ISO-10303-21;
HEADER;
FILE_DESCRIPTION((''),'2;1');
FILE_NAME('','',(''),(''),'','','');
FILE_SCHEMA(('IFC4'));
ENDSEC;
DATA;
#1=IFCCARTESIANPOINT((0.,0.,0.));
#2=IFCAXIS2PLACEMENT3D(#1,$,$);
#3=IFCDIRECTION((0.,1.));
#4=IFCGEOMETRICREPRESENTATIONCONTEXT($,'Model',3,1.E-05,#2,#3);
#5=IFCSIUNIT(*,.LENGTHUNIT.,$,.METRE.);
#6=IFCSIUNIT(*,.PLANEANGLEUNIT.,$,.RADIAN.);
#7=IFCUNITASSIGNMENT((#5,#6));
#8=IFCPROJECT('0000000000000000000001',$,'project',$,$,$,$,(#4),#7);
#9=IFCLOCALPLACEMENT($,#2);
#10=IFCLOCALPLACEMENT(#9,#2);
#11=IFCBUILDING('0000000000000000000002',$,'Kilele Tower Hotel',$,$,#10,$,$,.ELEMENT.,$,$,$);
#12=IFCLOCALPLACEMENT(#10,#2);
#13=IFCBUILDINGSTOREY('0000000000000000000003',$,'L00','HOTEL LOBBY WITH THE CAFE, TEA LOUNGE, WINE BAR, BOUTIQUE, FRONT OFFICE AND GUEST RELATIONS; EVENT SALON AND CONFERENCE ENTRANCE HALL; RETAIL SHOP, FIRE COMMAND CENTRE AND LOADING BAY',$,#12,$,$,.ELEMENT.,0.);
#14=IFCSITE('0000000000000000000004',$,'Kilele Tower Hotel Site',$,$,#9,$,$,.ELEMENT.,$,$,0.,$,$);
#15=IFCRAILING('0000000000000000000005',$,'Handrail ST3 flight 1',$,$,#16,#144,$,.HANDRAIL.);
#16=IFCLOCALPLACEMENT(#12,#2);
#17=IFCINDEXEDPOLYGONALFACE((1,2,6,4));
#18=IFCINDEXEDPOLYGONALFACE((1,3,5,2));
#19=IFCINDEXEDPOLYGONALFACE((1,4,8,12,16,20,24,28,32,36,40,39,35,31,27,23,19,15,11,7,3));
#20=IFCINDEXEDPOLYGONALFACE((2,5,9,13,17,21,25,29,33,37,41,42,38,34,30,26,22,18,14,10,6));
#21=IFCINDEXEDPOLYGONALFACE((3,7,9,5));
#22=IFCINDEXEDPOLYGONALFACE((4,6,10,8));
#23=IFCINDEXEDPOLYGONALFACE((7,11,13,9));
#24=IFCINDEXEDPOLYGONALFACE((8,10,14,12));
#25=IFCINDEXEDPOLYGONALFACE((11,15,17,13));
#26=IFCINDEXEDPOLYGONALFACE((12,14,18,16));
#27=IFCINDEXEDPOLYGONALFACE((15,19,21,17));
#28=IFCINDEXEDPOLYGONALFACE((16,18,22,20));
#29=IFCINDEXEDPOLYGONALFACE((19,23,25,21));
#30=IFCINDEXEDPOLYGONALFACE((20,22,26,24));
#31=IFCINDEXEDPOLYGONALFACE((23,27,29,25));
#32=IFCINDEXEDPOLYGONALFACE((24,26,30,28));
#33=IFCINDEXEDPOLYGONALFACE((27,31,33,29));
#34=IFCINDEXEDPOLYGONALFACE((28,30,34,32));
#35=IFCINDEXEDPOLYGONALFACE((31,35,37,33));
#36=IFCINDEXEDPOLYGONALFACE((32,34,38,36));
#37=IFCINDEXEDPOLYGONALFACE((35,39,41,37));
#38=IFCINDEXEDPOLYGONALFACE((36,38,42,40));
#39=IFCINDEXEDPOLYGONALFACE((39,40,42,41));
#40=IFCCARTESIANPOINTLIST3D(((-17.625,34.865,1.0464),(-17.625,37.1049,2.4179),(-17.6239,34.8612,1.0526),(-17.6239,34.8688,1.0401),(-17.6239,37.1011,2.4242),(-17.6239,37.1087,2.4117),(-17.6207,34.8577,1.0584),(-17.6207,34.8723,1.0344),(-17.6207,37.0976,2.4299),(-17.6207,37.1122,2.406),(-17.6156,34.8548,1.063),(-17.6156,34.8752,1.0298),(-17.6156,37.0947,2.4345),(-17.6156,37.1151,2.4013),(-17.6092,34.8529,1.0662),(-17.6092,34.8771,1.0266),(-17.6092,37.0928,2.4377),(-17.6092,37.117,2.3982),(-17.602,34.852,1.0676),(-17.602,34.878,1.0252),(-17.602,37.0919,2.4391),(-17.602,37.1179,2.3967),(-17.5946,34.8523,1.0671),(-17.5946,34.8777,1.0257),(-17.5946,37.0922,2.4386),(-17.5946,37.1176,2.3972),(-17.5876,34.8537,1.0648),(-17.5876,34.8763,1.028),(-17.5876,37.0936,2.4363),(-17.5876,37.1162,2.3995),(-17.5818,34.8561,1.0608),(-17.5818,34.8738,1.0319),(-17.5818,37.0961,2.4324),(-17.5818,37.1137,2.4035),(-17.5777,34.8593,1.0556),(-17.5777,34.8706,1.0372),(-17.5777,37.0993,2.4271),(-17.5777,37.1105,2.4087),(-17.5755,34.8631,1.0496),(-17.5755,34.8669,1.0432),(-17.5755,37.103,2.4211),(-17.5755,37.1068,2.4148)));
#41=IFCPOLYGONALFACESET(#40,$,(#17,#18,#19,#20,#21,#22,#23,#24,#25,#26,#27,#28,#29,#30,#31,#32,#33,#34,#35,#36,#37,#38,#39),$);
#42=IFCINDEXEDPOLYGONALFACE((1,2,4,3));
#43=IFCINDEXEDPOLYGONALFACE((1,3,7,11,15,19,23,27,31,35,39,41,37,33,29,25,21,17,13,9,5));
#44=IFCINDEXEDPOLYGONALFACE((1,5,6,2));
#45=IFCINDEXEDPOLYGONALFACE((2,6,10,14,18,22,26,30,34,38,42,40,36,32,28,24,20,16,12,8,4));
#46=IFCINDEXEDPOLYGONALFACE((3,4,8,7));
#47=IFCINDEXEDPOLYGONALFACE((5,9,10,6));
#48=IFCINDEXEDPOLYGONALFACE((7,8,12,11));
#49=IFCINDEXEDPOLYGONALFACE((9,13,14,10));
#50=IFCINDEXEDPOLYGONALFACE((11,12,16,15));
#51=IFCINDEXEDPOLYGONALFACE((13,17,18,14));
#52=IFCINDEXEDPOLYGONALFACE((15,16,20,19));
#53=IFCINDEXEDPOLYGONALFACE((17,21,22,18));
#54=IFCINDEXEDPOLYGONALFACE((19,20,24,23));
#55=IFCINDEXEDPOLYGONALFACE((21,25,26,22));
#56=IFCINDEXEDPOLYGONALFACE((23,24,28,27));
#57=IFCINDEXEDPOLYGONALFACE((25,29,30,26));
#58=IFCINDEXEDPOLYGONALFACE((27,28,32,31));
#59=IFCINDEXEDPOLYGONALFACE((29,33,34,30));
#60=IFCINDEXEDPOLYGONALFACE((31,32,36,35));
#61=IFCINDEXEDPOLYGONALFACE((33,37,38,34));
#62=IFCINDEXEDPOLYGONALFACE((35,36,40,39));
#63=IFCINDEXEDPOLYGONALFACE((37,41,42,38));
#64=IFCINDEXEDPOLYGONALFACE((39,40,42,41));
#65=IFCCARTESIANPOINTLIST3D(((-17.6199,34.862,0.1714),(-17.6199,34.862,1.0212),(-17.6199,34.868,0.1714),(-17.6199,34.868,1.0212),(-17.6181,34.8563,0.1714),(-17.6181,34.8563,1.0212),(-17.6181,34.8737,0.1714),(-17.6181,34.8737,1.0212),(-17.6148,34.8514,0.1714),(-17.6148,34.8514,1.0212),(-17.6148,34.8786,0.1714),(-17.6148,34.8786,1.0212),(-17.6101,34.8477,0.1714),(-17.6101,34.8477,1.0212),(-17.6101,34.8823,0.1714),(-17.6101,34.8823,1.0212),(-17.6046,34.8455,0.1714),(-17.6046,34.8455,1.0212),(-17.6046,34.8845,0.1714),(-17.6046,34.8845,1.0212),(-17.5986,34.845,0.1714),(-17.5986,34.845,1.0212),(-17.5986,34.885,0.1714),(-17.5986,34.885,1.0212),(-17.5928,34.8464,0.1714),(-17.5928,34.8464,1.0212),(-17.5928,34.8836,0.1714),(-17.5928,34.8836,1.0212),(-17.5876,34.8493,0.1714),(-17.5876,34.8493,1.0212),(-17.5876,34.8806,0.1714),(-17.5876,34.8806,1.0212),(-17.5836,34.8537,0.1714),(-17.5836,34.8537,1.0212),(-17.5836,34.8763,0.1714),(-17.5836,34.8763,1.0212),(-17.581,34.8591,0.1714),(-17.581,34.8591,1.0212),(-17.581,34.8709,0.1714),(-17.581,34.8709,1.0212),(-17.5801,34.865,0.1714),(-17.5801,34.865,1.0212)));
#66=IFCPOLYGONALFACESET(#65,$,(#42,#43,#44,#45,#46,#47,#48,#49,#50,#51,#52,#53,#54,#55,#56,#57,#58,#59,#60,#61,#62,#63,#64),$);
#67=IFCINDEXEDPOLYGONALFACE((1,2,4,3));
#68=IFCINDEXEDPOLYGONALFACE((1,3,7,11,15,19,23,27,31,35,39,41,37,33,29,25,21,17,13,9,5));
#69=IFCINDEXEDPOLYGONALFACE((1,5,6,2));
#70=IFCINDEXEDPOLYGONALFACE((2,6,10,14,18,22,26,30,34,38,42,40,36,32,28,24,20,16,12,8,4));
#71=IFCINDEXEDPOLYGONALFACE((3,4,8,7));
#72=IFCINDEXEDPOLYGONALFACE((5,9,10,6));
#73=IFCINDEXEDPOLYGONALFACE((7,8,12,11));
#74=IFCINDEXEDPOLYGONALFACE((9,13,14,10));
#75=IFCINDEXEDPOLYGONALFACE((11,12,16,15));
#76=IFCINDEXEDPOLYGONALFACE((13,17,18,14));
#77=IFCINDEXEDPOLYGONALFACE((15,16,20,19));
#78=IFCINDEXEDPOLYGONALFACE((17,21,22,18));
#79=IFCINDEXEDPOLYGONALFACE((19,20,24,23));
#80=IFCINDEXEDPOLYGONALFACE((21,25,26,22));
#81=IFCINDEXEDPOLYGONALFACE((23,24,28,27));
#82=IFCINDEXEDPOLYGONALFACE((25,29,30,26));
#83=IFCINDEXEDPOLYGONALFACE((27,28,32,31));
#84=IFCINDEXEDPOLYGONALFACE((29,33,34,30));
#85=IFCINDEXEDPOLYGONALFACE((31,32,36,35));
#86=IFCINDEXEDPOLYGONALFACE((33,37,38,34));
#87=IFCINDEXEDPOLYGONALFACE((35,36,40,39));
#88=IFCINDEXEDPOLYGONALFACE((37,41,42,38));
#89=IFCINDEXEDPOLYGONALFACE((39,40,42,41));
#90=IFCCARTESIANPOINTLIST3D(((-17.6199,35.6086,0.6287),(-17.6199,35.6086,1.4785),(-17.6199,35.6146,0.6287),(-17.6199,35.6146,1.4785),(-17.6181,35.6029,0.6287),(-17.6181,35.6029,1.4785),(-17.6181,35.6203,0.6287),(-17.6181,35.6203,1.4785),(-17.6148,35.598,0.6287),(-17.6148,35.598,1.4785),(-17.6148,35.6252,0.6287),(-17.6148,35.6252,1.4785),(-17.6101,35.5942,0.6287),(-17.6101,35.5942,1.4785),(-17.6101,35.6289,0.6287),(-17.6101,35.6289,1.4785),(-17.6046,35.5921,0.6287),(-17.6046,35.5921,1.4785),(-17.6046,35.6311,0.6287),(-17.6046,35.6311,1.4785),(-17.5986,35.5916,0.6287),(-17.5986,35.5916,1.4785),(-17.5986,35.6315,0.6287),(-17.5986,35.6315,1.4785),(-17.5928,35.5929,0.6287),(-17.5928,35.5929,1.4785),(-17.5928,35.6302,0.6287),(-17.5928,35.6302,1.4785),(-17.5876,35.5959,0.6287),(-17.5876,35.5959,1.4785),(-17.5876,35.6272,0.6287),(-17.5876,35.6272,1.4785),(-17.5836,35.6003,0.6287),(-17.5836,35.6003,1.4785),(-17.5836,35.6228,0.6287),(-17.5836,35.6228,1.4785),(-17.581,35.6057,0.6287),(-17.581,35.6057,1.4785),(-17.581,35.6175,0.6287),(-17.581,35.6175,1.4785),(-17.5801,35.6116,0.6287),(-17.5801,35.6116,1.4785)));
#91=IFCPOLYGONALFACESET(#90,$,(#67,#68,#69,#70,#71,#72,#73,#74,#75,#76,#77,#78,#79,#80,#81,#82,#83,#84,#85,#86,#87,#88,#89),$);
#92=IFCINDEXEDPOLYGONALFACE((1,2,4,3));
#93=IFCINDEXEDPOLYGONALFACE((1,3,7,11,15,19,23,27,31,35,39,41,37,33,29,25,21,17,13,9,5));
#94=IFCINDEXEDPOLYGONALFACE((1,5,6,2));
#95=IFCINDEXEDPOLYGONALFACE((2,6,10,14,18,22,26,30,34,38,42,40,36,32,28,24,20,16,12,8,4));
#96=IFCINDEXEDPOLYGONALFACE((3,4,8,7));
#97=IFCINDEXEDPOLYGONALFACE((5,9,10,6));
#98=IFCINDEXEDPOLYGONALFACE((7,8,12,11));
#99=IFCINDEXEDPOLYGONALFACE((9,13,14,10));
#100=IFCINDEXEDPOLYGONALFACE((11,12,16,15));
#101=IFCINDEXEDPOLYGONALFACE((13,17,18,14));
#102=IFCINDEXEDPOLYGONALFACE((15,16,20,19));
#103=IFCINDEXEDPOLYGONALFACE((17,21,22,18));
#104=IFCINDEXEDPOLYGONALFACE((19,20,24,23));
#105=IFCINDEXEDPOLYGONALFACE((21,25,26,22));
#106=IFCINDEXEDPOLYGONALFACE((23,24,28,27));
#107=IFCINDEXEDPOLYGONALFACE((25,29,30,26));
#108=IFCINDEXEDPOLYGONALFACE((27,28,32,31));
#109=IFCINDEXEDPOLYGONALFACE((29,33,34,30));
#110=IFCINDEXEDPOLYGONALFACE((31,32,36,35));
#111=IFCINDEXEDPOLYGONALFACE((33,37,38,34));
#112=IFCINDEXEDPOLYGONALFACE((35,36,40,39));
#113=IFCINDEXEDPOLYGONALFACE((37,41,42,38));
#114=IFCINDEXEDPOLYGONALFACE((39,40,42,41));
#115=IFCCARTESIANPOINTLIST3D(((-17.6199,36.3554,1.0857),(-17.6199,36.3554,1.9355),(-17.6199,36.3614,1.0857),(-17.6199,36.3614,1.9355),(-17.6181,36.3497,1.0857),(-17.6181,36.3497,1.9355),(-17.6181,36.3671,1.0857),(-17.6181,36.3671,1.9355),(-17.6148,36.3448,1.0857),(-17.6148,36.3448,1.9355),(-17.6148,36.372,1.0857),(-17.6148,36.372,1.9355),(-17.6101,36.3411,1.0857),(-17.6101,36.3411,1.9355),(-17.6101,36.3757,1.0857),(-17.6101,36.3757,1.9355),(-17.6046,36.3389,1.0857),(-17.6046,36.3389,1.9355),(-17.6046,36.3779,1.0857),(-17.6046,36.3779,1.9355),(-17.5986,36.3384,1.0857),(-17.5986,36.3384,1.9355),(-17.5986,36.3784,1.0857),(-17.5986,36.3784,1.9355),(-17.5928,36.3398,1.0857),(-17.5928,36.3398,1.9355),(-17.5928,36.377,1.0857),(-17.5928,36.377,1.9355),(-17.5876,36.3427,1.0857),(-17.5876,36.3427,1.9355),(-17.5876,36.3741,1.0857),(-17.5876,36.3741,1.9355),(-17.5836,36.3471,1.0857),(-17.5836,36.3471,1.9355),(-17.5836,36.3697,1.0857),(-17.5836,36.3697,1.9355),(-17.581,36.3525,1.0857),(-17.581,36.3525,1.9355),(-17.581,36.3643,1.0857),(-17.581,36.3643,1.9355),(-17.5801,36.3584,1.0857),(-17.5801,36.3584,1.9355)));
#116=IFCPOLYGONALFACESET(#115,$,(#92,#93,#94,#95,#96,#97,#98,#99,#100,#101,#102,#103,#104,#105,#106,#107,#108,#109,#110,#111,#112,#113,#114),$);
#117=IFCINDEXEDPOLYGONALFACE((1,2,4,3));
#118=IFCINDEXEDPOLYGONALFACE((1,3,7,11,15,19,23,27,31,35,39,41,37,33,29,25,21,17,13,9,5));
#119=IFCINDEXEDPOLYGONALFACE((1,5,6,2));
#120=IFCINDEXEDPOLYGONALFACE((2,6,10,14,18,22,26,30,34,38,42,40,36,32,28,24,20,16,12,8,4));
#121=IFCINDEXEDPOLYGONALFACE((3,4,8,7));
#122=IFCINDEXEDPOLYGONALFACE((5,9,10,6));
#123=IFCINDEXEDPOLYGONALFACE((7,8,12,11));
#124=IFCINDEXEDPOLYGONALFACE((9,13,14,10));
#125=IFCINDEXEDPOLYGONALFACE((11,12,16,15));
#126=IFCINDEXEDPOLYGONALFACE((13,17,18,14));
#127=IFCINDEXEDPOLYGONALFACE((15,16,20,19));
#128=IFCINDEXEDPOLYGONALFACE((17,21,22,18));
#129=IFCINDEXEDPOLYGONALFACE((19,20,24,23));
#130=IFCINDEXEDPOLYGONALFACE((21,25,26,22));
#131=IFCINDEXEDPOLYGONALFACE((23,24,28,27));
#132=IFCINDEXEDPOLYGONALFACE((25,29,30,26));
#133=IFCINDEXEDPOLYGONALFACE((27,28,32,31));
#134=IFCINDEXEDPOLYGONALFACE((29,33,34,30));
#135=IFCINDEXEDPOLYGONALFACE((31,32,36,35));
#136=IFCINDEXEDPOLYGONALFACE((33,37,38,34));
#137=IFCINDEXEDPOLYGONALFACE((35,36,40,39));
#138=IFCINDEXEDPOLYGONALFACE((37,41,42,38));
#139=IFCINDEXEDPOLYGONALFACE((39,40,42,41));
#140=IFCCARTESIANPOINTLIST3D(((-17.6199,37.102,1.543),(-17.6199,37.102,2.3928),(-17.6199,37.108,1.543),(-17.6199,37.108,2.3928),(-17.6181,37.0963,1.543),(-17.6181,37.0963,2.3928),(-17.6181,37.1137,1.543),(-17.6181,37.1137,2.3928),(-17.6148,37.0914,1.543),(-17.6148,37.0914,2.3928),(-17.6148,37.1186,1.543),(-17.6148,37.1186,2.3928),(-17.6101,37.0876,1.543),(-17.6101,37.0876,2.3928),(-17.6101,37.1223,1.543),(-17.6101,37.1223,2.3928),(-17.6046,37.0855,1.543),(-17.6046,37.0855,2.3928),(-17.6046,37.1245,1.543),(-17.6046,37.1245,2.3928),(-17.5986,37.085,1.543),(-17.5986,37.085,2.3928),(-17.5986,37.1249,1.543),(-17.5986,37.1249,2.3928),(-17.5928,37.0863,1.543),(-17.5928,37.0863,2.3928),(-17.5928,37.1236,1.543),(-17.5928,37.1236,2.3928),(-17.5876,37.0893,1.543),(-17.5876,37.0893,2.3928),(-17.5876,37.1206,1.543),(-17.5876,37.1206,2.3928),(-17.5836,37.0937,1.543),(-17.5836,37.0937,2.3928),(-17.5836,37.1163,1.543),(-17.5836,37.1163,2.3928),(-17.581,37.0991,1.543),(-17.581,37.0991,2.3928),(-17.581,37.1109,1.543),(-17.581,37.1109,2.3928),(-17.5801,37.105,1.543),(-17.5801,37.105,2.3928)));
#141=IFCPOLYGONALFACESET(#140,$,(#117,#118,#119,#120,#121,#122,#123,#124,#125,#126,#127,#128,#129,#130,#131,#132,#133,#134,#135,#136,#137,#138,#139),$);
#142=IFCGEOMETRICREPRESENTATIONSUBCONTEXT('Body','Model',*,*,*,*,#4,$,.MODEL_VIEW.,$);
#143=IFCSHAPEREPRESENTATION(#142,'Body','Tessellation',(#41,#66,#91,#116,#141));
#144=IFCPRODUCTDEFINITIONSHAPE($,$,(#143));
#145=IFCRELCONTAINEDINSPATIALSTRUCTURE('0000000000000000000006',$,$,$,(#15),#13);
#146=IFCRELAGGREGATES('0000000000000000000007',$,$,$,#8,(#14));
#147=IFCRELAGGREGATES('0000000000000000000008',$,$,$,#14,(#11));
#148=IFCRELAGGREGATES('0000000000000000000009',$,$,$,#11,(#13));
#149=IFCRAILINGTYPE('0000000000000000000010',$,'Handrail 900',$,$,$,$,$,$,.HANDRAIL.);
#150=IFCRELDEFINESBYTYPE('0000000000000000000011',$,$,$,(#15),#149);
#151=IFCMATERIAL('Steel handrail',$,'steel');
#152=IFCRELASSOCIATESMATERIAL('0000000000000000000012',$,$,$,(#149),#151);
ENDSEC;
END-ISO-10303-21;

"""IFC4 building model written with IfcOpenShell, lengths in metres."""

from ifc_helpers import new_model, si_unit, direction, frame, origin, origin_2d, place, context, subcontext, project, spatial, circle, extrude, material, type_object, element, save


model = new_model("IFC4")

# Units and contexts
model_context = context("Model", 3, precision=1e-05, world=origin(), true_north=direction((0.0, 1.0)))
body_context = subcontext(model_context, "Body", "Model", "MODEL_VIEW")
ifc_project = project(units=[si_unit("LENGTHUNIT", "METRE"), si_unit("PLANEANGLEUNIT", "RADIAN")], contexts=[model_context])

# Site, building, storey
site_placement = place(None, origin())
site = spatial("IfcSite", under=ifc_project, at=site_placement, Name="Kilele Tower Hotel Site", CompositionType="ELEMENT", RefElevation=0.0)
building_placement = place(site_placement, origin())
building = spatial("IfcBuilding", under=site, at=building_placement, Name="Kilele Tower Hotel", CompositionType="ELEMENT")
storey_placement = place(building_placement, origin())
storey = spatial("IfcBuildingStorey", under=building, at=storey_placement, Name="L00", Description="HOTEL LOBBY WITH THE CAFE, TEA LOUNGE, WINE BAR, BOUTIQUE, FRONT OFFICE AND GUEST RELATIONS; EVENT SALON AND CONFERENCE ENTRANCE HALL; RETAIL SHOP, FIRE COMMAND CENTRE AND LOADING BAY", CompositionType="ELEMENT", Elevation=0.0)

# Railing
ifc_material_1 = material(Name="Steel handrail", Category="steel")
railing_type_1 = type_object("IfcRailingType", Name="Handrail 900", PredefinedType="HANDRAIL", material=ifc_material_1)
railing_1_placement = place(storey_placement, frame((-17.6001, 34.865, 0.1714)))
element("IfcRailing", 1, at=railing_1_placement, inside=storey, type_object=railing_type_1, Name="Handrail ST3 flight 1", PredefinedType="HANDRAIL", context=body_context, shape_type="SweptSolid", body=[
    extrude(circle(Radius=0.0249, at=origin_2d()), frame((0.0, 0.0, 0.875), z_axis=(0.0, 0.852824, 0.522198), x_axis=(-1.0, 0.0, 0.0)), (0.0, 0.0, 1.0), 2.6265),
    extrude(circle(Radius=0.02, at=origin_2d()), origin(), (0.0, 0.0, 1.0), 0.8499),
    extrude(circle(Radius=0.02, at=origin_2d()), frame((0.0, 0.7466, 0.4573)), (0.0, 0.0, 1.0), 0.8499),
    extrude(circle(Radius=0.02, at=origin_2d()), frame((0.0, 1.4934, 0.9143)), (0.0, 0.0, 1.0), 0.8499),
    extrude(circle(Radius=0.02, at=origin_2d()), frame((0.0, 2.24, 1.3716)), (0.0, 0.0, 1.0), 0.8499),
])

save(model, "model.ifc")
